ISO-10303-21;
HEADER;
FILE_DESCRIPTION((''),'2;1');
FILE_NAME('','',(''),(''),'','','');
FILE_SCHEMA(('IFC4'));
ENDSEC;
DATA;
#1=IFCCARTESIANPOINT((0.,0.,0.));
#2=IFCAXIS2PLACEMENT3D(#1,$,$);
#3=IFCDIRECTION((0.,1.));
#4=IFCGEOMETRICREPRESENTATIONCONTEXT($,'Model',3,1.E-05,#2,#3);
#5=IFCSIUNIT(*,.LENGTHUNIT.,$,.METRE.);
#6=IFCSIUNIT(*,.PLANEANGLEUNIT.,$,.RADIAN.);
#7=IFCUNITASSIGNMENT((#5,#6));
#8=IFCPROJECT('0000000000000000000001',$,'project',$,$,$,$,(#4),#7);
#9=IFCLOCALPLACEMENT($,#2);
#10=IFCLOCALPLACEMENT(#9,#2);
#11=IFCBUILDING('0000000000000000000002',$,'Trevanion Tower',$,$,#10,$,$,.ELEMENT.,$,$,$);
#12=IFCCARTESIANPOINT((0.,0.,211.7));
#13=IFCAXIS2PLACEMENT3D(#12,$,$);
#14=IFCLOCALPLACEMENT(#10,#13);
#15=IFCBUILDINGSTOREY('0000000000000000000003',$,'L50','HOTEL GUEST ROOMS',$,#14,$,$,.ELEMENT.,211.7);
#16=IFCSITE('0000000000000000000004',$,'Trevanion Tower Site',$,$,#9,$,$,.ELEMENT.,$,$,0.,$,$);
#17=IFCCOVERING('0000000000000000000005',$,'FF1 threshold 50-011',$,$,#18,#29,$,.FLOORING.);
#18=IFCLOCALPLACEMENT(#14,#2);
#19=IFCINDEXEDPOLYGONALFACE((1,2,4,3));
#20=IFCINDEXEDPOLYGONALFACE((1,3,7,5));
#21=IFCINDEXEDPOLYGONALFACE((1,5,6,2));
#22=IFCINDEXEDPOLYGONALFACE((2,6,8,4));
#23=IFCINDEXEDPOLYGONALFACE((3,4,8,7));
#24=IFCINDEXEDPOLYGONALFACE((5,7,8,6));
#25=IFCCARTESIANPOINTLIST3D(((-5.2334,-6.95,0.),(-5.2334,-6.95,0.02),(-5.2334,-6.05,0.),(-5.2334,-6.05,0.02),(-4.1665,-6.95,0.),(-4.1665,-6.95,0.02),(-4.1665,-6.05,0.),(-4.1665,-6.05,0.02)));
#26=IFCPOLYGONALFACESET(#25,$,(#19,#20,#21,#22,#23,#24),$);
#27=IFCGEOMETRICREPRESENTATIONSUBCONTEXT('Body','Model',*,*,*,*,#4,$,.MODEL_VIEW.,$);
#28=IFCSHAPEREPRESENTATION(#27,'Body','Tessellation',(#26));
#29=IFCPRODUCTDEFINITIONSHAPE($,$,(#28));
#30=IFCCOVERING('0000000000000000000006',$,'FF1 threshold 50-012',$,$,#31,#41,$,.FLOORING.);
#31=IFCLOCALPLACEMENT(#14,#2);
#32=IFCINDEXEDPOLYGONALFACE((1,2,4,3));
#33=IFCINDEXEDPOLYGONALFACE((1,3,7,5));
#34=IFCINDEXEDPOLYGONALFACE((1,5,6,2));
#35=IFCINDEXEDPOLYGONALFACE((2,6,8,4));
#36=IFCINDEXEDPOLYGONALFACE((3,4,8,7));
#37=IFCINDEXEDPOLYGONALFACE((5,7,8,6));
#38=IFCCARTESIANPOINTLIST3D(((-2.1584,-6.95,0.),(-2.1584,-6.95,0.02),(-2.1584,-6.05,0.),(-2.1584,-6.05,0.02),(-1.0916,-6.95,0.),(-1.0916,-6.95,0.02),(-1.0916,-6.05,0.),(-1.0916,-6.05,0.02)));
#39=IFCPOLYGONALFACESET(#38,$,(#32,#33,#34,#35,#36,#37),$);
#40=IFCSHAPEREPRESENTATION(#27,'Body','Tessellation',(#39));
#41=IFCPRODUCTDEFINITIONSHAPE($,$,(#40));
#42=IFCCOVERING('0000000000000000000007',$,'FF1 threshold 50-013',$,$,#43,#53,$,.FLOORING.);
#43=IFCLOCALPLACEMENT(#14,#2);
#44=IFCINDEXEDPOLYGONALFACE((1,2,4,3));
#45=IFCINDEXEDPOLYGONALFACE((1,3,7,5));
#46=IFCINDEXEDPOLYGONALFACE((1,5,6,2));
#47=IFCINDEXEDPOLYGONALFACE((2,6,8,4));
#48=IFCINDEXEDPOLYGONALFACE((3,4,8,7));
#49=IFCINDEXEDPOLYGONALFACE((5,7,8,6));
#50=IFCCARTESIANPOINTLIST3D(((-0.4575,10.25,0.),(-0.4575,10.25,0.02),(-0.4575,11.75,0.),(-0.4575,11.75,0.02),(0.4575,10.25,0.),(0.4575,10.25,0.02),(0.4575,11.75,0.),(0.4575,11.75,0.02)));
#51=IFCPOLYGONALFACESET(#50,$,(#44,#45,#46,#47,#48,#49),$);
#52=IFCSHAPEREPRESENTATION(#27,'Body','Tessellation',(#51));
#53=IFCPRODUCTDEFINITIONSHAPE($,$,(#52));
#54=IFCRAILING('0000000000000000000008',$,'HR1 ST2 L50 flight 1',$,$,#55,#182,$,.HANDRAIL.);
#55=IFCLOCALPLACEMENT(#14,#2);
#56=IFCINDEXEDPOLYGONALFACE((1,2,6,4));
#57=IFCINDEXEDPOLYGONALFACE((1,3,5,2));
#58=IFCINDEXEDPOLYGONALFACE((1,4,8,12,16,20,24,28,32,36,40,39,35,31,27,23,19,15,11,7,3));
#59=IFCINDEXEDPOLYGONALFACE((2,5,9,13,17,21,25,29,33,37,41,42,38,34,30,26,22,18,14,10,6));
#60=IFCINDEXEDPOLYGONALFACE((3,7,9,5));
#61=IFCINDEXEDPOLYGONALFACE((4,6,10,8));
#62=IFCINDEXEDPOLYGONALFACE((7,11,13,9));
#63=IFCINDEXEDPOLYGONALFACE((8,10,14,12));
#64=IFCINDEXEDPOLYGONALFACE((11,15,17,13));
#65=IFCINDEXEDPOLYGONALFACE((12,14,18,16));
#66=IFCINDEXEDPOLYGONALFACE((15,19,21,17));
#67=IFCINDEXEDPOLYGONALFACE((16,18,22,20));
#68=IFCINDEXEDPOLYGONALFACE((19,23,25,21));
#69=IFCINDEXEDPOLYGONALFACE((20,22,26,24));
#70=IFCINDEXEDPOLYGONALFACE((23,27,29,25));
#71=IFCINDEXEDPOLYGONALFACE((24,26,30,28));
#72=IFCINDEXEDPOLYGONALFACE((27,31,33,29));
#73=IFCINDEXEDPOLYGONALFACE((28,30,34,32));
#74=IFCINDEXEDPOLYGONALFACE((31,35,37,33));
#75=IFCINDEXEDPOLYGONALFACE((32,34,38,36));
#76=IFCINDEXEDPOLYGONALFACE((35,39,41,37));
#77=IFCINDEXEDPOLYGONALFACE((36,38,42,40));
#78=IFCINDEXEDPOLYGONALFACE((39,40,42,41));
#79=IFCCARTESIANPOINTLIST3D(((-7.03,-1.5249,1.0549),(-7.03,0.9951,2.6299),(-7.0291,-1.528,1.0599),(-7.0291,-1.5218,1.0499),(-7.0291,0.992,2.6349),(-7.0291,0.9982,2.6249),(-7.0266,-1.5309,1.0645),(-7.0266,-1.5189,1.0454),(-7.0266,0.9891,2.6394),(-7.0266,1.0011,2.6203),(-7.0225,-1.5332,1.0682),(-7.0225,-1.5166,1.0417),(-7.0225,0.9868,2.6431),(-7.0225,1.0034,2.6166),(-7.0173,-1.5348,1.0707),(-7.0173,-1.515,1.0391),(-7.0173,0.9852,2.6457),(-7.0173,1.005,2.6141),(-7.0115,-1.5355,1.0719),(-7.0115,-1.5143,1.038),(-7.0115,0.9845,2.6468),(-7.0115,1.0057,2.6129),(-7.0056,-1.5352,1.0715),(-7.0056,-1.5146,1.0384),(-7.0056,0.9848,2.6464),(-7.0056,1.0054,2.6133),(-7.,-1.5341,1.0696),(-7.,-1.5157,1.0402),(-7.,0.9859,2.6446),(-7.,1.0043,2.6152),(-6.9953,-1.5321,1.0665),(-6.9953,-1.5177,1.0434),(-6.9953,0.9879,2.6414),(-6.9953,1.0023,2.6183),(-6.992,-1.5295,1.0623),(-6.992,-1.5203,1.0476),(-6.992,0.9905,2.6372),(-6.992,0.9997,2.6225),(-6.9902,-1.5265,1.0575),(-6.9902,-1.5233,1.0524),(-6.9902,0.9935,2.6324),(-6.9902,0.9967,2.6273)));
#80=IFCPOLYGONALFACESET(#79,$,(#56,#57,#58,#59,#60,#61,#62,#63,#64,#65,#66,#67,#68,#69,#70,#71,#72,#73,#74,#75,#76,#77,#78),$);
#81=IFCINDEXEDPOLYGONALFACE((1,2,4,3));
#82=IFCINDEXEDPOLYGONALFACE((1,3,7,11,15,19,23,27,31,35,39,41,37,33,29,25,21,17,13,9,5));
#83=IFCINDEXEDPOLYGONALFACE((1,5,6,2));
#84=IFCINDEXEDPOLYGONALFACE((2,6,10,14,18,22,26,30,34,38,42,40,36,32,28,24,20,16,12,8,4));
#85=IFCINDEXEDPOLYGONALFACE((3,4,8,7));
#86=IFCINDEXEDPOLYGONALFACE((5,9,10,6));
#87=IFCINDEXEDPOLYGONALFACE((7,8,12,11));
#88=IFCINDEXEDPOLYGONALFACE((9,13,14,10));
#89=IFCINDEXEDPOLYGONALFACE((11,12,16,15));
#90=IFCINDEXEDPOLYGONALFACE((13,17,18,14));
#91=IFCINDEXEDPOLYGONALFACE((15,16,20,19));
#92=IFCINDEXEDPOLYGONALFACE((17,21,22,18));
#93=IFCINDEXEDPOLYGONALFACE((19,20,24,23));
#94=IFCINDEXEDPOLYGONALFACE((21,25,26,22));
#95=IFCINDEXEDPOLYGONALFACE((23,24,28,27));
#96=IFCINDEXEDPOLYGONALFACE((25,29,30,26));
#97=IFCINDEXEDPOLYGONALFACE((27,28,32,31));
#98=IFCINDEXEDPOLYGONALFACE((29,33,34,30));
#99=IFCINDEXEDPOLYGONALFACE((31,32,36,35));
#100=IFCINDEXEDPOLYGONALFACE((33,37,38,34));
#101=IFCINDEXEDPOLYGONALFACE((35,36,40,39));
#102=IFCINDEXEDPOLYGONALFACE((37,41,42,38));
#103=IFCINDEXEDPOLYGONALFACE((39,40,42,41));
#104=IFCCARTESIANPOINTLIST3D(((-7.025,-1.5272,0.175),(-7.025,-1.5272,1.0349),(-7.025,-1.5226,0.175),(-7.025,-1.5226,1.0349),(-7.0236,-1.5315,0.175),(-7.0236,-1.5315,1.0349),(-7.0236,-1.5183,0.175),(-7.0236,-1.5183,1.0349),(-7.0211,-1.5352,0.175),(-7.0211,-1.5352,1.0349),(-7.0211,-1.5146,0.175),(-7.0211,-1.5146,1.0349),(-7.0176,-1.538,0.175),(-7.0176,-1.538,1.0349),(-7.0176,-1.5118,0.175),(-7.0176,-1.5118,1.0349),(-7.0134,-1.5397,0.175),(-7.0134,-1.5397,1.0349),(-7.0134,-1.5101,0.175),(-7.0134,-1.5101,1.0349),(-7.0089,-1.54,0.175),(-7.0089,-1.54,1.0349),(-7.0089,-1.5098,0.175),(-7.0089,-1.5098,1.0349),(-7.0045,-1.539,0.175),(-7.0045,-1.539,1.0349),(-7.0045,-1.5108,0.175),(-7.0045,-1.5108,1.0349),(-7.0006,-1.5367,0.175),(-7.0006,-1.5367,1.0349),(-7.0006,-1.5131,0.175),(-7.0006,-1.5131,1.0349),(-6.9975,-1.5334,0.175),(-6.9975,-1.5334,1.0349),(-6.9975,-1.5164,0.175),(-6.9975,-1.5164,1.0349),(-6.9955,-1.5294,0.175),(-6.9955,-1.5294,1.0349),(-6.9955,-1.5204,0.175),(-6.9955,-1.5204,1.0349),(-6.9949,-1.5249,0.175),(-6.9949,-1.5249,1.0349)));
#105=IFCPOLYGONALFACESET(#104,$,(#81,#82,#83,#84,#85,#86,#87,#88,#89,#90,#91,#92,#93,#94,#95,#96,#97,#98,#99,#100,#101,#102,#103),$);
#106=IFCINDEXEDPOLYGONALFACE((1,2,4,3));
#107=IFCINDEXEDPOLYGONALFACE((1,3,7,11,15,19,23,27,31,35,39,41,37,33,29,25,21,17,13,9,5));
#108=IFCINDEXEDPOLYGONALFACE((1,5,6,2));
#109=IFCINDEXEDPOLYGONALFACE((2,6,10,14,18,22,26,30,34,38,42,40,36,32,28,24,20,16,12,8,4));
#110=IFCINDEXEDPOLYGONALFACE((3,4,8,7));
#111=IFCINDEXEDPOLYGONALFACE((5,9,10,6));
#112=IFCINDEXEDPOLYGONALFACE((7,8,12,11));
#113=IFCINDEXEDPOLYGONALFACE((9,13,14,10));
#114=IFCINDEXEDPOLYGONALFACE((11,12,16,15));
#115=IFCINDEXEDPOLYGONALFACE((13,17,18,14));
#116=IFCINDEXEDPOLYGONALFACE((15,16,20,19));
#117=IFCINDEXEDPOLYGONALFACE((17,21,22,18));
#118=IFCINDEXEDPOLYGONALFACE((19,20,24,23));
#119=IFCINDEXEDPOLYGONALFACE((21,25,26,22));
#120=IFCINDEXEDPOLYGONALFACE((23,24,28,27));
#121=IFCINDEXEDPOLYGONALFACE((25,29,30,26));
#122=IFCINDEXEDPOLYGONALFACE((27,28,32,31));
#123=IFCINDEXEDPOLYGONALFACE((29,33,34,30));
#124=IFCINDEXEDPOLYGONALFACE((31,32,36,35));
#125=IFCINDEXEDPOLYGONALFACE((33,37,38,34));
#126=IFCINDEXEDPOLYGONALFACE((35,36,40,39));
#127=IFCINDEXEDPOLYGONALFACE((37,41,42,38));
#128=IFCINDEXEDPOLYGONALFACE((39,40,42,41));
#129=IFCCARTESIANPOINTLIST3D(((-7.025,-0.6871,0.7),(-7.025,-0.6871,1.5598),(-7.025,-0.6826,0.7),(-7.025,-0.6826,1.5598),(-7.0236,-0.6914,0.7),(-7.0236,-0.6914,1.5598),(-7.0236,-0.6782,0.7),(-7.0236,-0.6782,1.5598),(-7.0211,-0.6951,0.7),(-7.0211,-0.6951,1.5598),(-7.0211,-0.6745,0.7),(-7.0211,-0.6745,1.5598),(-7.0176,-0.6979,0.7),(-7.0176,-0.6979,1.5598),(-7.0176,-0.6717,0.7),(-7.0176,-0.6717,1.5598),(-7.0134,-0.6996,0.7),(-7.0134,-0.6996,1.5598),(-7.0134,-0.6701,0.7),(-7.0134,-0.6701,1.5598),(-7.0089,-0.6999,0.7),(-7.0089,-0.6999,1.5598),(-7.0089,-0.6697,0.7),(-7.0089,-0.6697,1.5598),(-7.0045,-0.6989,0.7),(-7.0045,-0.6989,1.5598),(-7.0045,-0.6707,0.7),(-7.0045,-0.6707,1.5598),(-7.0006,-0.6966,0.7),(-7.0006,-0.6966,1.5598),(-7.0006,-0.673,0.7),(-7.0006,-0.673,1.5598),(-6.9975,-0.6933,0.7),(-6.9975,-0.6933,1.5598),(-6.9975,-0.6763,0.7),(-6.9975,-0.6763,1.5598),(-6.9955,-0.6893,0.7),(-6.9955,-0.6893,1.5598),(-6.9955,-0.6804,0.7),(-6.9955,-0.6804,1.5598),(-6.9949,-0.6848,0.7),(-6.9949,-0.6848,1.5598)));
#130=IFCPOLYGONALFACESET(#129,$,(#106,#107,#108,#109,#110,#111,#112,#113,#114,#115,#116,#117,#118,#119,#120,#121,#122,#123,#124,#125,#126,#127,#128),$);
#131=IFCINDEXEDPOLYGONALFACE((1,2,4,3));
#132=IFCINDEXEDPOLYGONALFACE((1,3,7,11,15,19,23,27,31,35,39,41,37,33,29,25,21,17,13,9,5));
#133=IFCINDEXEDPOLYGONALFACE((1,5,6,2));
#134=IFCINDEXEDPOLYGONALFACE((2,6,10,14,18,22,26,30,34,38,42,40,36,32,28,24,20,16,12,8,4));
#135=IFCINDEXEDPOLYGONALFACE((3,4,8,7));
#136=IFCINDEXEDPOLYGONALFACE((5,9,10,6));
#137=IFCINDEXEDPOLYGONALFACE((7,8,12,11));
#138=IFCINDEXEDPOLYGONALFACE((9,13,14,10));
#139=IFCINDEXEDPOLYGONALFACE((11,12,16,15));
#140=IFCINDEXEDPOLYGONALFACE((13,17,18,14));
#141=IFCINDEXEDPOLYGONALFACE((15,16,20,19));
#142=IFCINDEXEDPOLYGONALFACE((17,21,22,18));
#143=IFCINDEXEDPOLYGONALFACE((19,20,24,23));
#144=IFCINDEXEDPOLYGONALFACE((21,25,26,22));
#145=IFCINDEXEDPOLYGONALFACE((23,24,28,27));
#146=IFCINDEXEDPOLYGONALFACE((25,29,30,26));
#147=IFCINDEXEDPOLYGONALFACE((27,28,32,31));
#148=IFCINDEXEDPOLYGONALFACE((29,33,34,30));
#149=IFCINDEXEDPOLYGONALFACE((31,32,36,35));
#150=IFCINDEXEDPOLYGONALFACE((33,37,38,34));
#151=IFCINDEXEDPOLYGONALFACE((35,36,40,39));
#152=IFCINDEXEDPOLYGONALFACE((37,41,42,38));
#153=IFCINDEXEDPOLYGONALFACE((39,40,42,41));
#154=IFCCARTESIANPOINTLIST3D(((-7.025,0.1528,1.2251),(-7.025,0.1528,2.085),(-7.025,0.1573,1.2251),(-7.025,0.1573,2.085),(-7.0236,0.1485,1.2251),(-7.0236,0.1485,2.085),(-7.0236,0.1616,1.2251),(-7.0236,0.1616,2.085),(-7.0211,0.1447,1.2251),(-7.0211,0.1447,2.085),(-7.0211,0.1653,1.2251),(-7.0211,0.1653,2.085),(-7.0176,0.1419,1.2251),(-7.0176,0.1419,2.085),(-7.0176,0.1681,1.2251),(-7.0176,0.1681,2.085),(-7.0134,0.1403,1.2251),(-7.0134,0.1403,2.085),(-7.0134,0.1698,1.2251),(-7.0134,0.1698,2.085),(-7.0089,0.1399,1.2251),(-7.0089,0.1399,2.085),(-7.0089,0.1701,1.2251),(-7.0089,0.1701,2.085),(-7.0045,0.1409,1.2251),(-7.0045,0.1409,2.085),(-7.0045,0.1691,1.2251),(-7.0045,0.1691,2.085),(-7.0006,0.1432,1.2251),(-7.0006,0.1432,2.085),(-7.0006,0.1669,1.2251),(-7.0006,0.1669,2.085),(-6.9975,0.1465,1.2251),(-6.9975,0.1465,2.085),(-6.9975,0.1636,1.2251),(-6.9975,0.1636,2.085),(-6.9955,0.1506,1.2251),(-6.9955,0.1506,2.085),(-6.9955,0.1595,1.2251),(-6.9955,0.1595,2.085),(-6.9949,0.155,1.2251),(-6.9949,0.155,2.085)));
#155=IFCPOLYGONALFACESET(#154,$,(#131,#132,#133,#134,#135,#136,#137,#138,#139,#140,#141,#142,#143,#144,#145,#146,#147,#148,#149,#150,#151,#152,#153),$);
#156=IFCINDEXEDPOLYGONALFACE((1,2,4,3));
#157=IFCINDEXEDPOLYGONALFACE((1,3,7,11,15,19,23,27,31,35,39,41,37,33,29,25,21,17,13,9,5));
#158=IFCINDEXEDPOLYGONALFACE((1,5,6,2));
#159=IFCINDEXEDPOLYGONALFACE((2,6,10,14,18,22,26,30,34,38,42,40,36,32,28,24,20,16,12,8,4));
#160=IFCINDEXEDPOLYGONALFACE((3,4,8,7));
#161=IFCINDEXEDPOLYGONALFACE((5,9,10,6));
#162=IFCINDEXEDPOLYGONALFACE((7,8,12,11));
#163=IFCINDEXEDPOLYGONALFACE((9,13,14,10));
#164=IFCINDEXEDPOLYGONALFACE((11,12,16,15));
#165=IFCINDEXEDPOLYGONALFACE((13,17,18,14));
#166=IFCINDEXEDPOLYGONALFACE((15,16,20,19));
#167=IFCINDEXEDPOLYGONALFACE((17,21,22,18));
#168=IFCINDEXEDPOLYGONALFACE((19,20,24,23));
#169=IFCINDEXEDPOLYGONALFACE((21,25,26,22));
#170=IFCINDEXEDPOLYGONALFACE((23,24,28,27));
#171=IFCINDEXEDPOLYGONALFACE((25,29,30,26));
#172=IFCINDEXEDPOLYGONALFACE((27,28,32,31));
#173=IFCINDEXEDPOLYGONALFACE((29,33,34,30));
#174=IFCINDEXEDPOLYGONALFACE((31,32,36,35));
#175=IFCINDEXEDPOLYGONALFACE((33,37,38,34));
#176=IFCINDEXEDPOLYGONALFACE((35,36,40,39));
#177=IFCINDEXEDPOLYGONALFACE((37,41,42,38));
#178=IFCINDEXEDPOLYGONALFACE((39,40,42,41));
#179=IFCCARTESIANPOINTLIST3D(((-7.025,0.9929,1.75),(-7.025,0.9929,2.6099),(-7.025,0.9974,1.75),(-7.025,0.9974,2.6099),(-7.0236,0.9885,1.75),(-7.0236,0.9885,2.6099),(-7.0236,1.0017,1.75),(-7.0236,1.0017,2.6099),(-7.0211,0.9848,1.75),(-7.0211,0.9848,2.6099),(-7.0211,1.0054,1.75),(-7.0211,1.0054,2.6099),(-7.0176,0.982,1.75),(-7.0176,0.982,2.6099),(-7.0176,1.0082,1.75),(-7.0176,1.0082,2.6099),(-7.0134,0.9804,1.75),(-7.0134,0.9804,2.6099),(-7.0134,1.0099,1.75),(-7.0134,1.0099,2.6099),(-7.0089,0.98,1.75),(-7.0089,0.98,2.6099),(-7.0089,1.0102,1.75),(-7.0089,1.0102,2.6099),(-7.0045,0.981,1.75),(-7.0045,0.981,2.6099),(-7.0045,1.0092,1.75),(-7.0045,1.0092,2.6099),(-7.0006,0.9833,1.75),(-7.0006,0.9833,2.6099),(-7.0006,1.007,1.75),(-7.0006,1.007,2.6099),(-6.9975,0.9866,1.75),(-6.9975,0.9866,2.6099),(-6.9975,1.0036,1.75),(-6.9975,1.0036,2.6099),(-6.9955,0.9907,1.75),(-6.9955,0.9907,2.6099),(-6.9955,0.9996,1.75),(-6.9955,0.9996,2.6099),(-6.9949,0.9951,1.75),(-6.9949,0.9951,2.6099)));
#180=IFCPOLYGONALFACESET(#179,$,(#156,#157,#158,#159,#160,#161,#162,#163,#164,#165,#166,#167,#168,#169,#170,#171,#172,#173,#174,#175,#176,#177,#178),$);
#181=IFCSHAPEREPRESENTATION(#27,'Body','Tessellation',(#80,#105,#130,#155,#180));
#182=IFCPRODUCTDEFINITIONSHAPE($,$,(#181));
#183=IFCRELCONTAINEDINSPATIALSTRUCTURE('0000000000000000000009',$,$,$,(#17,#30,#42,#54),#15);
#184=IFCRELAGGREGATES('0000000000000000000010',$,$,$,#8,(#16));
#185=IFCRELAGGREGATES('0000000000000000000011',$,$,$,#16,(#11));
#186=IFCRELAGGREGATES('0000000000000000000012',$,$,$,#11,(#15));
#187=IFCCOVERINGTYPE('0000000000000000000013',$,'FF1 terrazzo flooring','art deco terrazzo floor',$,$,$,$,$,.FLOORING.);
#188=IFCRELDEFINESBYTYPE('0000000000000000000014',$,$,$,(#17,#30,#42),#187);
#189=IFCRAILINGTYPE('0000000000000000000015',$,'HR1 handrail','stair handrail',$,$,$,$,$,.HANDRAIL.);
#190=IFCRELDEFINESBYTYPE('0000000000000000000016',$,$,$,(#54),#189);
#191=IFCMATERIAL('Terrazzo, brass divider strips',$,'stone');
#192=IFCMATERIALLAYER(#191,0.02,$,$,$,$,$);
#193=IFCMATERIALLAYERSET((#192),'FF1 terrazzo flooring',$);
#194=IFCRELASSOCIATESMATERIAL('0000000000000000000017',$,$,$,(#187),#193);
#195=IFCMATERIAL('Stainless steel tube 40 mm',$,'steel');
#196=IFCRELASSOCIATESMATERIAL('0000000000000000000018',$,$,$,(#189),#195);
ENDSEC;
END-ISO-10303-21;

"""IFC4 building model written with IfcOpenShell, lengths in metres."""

from ifc_helpers import new_model, si_unit, direction, frame, origin, origin_2d, place, context, subcontext, project, spatial, polyline, circle, outline, extrude, material, layer, layer_set, type_object, element, save


model = new_model("IFC4")

# Units and contexts
model_context = context("Model", 3, precision=1e-05, world=origin(), true_north=direction((0.0, 1.0)))
body_context = subcontext(model_context, "Body", "Model", "MODEL_VIEW")
ifc_project = project(units=[si_unit("LENGTHUNIT", "METRE"), si_unit("PLANEANGLEUNIT", "RADIAN")], contexts=[model_context])

# Site, building, storey
site_placement = place(None, origin())
site = spatial("IfcSite", under=ifc_project, at=site_placement, Name="Trevanion Tower Site", CompositionType="ELEMENT", RefElevation=0.0)
building_placement = place(site_placement, origin())
building = spatial("IfcBuilding", under=site, at=building_placement, Name="Trevanion Tower", CompositionType="ELEMENT")
storey_placement = place(building_placement, frame((0.0, 0.0, 211.7)))
storey = spatial("IfcBuildingStorey", under=building, at=storey_placement, Name="L50", Description="HOTEL GUEST ROOMS", CompositionType="ELEMENT", Elevation=211.7)

# Coverings
ifc_material_1 = material(Name="Terrazzo, brass divider strips", Category="stone")
ifc_layer_1 = layer(ifc_material_1, 0.02)
ifc_layer_set_1 = layer_set([ifc_layer_1], Name="FF1 terrazzo flooring")
covering_type = type_object("IfcCoveringType", Name="FF1 terrazzo flooring", Description="art deco terrazzo floor", PredefinedType="FLOORING", material=ifc_layer_set_1)
covering_1_placement = place(storey_placement, origin())
element("IfcCovering", 1, at=covering_1_placement, inside=storey, type_object=covering_type, Name="FF1 threshold 50-011", PredefinedType="FLOORING", context=body_context, shape_type="SweptSolid", body=[
    extrude(outline(polyline([(-5.2334, -6.95), (-4.1665, -6.95), (-4.1665, -6.05), (-5.2334, -6.05), (-5.2334, -6.95)])), origin(), (0.0, 0.0, 1.0), 0.02),
])
covering_2_placement = place(storey_placement, origin())
element("IfcCovering", 2, at=covering_2_placement, inside=storey, type_object=covering_type, Name="FF1 threshold 50-012", PredefinedType="FLOORING", context=body_context, shape_type="SweptSolid", body=[
    extrude(outline(polyline([(-2.1584, -6.95), (-1.0916, -6.95), (-1.0916, -6.05), (-2.1584, -6.05), (-2.1584, -6.95)])), origin(), (0.0, 0.0, 1.0), 0.02),
])
covering_3_placement = place(storey_placement, origin())
element("IfcCovering", 3, at=covering_3_placement, inside=storey, type_object=covering_type, Name="FF1 threshold 50-013", PredefinedType="FLOORING", context=body_context, shape_type="SweptSolid", body=[
    extrude(outline(polyline([(0.4575, 11.75), (-0.4575, 11.75), (-0.4575, 10.25), (0.4575, 10.25), (0.4575, 11.75)])), origin(), (0.0, 0.0, 1.0), 0.02),
])

# Railing
ifc_material_2 = material(Name="Stainless steel tube 40 mm", Category="steel")
railing_type = type_object("IfcRailingType", Name="HR1 handrail", Description="stair handrail", PredefinedType="HANDRAIL", material=ifc_material_2)
for number, where, name in (
    (4, (-7.01, -1.5249, 0.175), "HR1 ST2 L50 flight 1"),
):
    element("IfcRailing", number, at=place(storey_placement, frame(where)), inside=storey, type_object=railing_type, Name=name, PredefinedType="HANDRAIL", context=body_context, shape_type="SweptSolid", body=[
        extrude(circle(Radius=0.02, at=origin_2d()), frame((0.0, 0.0, 0.8799), z_axis=(0.0, 0.848008, 0.529984), x_axis=(-1.0, 0.0, 0.0)), (0.0, 0.0, 1.0), 2.9717),
        extrude(circle(Radius=0.0151, at=origin_2d()), origin(), (0.0, 0.0, 1.0), 0.8599),
        extrude(circle(Radius=0.0151, at=origin_2d()), frame((0.0, 0.8401, 0.5249)), (0.0, 0.0, 1.0), 0.8599),
        extrude(circle(Radius=0.0151, at=origin_2d()), frame((0.0, 1.6799, 1.05)), (0.0, 0.0, 1.0), 0.8599),
        extrude(circle(Radius=0.0151, at=origin_2d()), frame((0.0, 2.52, 1.575)), (0.0, 0.0, 1.0), 0.8599),
    ])

save(model, "model.ifc")
